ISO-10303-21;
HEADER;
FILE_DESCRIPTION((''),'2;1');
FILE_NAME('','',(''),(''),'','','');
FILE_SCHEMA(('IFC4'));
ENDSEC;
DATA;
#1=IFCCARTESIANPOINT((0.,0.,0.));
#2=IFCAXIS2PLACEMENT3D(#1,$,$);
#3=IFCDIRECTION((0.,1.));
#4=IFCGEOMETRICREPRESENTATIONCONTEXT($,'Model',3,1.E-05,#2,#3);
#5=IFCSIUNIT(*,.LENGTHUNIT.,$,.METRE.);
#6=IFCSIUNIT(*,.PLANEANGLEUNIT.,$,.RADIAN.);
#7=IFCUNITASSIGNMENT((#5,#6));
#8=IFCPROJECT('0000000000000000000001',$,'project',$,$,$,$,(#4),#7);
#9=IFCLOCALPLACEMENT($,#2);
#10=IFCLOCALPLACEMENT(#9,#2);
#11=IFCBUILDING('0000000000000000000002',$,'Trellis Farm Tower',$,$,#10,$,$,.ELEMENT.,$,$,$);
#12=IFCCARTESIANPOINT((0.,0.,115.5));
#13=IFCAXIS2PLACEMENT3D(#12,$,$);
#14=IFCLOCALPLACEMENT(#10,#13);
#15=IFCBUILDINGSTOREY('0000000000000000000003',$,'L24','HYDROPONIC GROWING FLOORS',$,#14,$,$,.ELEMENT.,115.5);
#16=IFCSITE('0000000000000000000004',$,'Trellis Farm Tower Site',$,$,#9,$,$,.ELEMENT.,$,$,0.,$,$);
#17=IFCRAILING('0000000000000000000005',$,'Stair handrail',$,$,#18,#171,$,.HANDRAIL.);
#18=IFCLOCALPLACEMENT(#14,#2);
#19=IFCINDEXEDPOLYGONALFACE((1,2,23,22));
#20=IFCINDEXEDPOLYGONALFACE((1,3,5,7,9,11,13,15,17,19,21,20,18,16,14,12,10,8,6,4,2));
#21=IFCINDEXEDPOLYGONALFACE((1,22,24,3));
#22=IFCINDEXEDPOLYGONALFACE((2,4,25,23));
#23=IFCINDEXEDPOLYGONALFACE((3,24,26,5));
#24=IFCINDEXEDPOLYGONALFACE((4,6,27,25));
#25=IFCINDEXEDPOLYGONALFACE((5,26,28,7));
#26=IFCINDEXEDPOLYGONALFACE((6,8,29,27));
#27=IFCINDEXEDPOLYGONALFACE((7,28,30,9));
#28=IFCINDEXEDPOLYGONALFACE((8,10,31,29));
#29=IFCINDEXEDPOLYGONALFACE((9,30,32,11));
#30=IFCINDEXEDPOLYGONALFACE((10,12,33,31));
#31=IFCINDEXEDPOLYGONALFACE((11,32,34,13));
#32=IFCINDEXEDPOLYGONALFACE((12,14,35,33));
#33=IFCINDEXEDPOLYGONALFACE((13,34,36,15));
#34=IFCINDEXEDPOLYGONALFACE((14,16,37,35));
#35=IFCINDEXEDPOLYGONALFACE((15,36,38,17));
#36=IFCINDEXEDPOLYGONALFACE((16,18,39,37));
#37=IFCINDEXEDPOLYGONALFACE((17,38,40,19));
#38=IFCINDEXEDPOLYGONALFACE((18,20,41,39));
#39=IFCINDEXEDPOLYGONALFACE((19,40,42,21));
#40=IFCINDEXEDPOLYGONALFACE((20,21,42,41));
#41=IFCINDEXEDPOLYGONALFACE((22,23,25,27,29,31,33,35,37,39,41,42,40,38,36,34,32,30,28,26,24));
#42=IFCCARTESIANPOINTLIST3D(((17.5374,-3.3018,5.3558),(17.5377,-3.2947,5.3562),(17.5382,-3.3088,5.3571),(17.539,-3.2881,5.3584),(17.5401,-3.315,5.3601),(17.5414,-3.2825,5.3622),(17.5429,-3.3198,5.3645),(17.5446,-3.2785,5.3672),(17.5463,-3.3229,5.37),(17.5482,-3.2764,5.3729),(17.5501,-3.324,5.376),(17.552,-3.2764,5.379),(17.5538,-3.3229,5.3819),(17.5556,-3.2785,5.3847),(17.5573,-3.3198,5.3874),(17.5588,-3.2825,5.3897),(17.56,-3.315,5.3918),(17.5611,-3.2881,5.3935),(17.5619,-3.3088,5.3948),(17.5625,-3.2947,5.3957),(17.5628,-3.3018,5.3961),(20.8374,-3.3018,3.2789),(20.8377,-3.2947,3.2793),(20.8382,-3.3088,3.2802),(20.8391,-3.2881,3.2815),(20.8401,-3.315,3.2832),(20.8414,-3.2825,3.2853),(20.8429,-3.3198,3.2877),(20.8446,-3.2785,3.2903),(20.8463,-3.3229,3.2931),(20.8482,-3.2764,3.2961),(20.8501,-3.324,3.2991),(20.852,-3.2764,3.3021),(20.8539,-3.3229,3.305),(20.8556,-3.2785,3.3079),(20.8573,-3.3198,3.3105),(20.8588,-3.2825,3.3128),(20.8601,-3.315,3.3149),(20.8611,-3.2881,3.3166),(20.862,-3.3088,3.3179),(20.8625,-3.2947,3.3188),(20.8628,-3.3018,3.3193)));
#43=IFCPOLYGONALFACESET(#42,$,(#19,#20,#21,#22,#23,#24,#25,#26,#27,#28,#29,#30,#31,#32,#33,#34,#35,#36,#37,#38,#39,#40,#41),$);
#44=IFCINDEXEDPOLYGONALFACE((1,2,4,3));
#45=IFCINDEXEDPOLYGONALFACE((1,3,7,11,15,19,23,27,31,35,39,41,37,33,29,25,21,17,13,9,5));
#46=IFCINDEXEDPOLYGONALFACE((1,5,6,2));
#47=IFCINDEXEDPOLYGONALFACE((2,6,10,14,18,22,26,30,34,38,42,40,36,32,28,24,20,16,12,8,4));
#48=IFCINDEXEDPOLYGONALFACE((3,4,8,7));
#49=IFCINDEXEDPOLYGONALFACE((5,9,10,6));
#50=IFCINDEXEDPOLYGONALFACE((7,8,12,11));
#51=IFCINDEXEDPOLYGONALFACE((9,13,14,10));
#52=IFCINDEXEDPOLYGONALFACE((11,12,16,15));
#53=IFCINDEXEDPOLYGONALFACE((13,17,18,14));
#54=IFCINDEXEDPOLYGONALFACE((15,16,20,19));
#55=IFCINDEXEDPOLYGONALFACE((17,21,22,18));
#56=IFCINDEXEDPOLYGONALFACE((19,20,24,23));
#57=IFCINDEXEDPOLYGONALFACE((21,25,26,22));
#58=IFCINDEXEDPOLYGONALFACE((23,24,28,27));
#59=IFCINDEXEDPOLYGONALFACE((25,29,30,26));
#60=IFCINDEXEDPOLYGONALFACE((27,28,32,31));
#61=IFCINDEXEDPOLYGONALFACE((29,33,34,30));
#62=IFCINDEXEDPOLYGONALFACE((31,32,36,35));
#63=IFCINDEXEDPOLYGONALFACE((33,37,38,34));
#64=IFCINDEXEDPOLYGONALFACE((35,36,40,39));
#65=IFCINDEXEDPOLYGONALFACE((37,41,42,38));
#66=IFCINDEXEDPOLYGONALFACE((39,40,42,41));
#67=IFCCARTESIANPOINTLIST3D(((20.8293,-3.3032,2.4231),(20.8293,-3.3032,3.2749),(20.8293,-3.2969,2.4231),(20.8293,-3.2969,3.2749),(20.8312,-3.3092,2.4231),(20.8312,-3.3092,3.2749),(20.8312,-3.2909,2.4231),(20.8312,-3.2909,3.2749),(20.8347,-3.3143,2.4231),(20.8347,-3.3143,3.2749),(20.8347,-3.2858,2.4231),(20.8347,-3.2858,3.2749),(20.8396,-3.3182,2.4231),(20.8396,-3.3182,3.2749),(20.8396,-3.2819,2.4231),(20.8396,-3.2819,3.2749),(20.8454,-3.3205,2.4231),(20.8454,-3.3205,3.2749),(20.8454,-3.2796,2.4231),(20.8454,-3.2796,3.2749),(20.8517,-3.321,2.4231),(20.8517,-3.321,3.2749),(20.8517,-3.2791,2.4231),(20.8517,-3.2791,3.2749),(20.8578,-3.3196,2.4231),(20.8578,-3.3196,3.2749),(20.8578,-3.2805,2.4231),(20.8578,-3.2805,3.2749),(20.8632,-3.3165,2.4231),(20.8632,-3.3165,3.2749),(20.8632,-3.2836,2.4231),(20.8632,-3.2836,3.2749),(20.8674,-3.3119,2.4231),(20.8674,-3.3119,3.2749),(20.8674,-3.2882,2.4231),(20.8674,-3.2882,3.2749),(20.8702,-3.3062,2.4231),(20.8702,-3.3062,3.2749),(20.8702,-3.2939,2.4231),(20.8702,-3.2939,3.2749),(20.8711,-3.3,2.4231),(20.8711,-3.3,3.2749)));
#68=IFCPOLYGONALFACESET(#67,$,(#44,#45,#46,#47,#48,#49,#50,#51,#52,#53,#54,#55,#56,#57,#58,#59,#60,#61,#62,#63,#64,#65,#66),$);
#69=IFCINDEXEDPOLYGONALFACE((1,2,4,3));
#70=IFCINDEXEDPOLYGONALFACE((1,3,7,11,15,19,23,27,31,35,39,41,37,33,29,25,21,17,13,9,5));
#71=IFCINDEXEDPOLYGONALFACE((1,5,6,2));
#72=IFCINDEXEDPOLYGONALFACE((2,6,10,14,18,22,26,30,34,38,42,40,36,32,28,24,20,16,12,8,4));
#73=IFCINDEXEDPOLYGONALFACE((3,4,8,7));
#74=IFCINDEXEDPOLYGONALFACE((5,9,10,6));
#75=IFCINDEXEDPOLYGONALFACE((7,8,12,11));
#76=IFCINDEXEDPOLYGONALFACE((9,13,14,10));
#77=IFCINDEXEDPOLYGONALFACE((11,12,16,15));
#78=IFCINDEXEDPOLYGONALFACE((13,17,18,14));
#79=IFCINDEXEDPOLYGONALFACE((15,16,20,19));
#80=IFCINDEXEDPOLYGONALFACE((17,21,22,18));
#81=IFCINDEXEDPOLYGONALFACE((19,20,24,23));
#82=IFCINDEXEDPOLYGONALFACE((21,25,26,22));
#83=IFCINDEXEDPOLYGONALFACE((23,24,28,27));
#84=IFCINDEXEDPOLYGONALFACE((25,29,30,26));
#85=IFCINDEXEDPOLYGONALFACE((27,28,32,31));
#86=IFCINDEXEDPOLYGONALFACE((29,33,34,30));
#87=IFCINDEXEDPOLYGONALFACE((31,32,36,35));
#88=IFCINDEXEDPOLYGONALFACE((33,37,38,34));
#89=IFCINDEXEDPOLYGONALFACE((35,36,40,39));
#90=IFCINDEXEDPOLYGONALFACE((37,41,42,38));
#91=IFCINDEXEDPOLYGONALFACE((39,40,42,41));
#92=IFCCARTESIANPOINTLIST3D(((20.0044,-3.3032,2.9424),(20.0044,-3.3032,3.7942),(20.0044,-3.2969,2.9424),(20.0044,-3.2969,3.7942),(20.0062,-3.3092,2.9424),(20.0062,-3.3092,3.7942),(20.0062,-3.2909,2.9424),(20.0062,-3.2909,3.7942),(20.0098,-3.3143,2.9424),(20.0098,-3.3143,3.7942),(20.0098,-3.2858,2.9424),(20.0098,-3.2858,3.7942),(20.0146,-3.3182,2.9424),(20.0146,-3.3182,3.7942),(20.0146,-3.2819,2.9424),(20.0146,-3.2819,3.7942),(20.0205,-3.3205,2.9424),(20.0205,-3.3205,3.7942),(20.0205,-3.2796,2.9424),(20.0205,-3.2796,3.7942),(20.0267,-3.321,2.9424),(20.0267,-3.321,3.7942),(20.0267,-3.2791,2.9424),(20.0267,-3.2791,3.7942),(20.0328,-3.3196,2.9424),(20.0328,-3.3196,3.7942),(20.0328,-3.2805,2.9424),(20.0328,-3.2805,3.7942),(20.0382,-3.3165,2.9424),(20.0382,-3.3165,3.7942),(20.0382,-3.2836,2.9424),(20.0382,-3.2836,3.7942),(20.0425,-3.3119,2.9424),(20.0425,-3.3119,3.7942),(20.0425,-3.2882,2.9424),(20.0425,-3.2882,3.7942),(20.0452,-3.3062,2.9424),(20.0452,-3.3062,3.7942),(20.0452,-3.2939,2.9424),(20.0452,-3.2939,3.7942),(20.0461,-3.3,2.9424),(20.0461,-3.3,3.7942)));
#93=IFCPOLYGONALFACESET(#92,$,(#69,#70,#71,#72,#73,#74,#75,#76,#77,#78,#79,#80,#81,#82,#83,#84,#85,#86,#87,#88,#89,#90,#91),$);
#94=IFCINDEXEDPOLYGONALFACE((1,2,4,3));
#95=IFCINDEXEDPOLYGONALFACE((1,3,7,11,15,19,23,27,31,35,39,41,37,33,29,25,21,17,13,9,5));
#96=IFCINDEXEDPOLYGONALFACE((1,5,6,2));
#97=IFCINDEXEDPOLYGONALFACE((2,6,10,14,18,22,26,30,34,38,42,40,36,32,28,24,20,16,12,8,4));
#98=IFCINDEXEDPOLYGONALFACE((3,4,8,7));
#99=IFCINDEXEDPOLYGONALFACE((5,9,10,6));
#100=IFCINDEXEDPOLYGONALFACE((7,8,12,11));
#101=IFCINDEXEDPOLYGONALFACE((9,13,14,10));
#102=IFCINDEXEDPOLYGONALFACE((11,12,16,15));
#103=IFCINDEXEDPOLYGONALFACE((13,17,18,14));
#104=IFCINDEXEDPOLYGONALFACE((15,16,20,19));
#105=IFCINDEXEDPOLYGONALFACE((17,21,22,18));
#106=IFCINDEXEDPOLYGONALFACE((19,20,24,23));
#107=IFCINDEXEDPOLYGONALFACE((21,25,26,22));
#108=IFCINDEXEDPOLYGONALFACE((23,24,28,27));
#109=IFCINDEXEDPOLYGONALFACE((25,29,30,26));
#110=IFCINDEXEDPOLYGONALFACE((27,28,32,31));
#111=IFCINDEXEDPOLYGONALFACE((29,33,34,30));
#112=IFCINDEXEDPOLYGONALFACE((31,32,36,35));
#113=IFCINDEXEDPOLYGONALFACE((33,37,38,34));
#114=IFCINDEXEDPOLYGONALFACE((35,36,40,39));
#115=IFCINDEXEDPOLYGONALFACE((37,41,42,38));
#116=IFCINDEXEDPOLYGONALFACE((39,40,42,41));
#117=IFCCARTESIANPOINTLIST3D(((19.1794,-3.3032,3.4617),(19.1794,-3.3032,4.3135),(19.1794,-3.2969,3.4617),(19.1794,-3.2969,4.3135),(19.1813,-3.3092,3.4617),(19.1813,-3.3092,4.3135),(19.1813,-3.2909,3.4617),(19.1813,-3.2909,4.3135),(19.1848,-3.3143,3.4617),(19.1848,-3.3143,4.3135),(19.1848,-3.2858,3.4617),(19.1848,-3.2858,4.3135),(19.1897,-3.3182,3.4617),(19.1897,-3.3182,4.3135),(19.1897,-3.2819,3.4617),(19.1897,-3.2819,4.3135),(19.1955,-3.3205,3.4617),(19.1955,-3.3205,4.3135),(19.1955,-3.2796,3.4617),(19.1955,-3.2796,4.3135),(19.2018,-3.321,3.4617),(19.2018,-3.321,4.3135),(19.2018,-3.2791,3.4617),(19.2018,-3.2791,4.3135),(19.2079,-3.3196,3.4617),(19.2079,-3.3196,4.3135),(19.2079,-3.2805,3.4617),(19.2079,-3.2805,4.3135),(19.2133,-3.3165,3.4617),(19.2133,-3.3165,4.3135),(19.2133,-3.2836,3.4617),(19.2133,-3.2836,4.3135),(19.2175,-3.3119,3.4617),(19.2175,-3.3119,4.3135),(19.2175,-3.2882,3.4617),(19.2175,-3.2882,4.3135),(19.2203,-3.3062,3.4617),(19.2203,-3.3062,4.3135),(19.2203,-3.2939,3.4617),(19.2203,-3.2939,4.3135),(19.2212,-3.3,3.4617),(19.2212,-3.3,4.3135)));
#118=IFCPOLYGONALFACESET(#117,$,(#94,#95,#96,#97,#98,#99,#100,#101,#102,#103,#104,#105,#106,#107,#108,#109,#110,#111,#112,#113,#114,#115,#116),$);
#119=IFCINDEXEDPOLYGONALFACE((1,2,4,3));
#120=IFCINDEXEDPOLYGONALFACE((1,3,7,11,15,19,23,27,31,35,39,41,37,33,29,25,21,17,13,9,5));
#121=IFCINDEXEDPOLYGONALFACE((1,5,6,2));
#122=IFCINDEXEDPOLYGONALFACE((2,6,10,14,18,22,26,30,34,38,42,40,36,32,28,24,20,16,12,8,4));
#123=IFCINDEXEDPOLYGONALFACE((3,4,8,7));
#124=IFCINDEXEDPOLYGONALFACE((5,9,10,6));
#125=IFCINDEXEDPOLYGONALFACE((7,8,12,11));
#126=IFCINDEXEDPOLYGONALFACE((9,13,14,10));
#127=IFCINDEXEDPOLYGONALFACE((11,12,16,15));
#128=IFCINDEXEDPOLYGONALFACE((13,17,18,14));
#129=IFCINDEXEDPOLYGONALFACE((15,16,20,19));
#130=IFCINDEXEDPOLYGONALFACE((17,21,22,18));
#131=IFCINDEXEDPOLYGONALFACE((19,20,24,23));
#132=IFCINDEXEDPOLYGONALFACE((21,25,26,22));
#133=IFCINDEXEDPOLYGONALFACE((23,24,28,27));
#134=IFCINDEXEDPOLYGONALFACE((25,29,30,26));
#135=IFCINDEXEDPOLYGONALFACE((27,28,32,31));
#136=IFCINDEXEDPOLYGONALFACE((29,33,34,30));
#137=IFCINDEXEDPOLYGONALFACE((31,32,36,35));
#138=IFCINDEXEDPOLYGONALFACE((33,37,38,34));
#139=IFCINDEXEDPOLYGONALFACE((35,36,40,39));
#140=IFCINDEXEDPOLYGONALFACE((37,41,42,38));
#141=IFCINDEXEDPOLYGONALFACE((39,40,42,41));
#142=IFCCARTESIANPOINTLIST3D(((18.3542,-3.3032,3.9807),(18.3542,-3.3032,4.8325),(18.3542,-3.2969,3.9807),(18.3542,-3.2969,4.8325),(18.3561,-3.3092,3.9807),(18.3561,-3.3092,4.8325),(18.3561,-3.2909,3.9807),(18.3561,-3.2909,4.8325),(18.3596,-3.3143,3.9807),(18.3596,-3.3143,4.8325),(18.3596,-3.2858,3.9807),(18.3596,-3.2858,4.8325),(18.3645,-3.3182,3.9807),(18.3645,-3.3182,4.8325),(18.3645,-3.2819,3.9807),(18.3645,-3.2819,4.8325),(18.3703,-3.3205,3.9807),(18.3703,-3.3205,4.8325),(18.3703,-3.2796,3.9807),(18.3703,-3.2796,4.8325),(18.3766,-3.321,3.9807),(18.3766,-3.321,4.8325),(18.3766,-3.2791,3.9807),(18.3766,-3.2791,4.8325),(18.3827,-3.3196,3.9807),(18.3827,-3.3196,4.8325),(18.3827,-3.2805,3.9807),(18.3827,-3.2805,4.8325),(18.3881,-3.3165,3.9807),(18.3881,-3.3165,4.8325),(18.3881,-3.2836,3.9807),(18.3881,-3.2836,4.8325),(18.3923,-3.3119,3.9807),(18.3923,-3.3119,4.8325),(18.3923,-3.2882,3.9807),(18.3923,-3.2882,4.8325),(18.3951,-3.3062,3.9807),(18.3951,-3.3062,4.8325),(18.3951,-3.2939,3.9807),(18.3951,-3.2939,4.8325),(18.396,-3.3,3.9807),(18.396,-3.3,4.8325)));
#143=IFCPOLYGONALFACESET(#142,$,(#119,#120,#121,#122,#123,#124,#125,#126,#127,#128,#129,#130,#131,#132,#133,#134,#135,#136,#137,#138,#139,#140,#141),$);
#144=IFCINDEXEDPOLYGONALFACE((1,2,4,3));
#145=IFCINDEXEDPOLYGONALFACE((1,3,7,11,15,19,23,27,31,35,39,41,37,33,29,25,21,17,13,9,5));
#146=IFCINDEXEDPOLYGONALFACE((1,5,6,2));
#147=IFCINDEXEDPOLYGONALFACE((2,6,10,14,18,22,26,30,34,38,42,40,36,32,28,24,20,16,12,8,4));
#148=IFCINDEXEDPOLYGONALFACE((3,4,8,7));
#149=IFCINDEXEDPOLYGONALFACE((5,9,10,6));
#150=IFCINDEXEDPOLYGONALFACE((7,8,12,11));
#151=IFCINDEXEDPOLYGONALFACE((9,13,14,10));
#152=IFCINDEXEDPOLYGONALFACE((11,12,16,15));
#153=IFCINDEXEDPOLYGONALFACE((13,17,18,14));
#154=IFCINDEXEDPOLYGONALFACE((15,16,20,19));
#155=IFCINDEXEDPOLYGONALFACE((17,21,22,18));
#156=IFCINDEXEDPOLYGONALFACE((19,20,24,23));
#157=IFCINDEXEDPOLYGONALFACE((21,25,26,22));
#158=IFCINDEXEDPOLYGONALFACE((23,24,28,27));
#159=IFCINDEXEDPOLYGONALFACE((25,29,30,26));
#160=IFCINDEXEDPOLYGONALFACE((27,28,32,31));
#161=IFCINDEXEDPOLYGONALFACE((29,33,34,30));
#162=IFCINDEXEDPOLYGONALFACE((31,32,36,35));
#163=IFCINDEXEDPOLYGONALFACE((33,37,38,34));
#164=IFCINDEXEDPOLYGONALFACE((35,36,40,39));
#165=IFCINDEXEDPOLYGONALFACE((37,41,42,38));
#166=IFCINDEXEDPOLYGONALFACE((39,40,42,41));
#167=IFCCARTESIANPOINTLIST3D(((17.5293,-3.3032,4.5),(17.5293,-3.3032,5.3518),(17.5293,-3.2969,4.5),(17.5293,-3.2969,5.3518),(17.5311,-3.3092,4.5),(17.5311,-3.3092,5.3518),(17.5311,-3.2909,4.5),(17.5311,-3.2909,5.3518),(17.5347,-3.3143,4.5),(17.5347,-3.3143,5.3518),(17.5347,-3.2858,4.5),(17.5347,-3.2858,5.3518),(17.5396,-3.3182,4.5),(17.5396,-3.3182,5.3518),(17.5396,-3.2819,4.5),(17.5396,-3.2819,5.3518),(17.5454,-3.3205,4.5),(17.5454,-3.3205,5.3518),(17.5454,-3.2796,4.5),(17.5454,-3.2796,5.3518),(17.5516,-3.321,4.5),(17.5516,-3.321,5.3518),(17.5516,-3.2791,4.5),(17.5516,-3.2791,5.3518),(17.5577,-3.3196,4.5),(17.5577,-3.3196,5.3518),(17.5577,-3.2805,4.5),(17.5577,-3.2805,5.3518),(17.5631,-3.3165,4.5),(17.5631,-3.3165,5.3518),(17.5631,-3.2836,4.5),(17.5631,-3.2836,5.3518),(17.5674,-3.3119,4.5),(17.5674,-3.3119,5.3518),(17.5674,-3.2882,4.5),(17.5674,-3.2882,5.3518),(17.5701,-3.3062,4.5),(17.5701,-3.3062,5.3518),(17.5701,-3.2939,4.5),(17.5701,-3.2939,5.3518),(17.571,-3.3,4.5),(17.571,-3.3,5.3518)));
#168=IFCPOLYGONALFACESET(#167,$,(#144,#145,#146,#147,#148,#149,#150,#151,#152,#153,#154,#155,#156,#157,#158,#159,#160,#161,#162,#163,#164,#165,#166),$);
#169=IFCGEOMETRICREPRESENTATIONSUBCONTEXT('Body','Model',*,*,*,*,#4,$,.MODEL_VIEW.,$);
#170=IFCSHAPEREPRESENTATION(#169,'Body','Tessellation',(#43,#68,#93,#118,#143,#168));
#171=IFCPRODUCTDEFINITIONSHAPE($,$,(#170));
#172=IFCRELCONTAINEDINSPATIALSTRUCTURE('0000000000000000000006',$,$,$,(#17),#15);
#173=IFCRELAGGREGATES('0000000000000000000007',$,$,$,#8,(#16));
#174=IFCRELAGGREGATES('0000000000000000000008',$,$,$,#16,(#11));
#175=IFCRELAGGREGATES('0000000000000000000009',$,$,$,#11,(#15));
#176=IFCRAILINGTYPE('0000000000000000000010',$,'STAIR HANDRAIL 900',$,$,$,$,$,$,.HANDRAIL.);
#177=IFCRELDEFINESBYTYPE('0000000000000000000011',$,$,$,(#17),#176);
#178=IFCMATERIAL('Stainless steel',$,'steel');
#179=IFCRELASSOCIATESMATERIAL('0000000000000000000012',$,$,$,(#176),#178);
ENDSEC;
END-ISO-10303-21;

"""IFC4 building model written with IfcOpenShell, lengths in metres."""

from ifc_helpers import new_model, si_unit, direction, frame, origin, origin_2d, place, context, subcontext, project, spatial, circle, extrude, source, transform, mapped, material, type_object, element, save


model = new_model("IFC4")

# Units and contexts
model_context = context("Model", 3, precision=1e-05, world=origin(), true_north=direction((0.0, 1.0)))
body_context = subcontext(model_context, "Body", "Model", "MODEL_VIEW")
ifc_project = project(units=[si_unit("LENGTHUNIT", "METRE"), si_unit("PLANEANGLEUNIT", "RADIAN")], contexts=[model_context])

# Site, building, storey
site_placement = place(None, origin())
site = spatial("IfcSite", under=ifc_project, at=site_placement, Name="Trellis Farm Tower Site", CompositionType="ELEMENT", RefElevation=0.0)
building_placement = place(site_placement, origin())
building = spatial("IfcBuilding", under=site, at=building_placement, Name="Trellis Farm Tower", CompositionType="ELEMENT")
storey_placement = place(building_placement, frame((0.0, 0.0, 115.5)))
storey = spatial("IfcBuildingStorey", under=building, at=storey_placement, Name="L24", Description="HYDROPONIC GROWING FLOORS", CompositionType="ELEMENT", Elevation=115.5)

# Shared definitions
ifc_material_1 = material(Name="Stainless steel", Category="steel")

# Railing
railing_type = type_object("IfcRailingType", Name="STAIR HANDRAIL 900", PredefinedType="HANDRAIL", material=ifc_material_1)
shared_shape_1 = source(origin(), body_context, "Body", "SweptSolid", [
    extrude(circle(Radius=0.0239, at=origin_2d()), frame((0.0, 0.0, 0.876), z_axis=(-0.846337, 0.0, 0.532647), x_axis=(0.0, -1.0, 0.0)), (0.0, 0.0, 1.0), 3.8992),
    extrude(circle(Radius=0.021, at=origin_2d()), origin(), (0.0, 0.0, 1.0), 0.8518),
    extrude(circle(Radius=0.021, at=origin_2d()), frame((-0.825, 0.0, 0.5193)), (0.0, 0.0, 1.0), 0.8518),
    extrude(circle(Radius=0.021, at=origin_2d()), frame((-1.6499, 0.0, 1.0386)), (0.0, 0.0, 1.0), 0.8518),
    extrude(circle(Radius=0.021, at=origin_2d()), frame((-2.4751, 0.0, 1.5576)), (0.0, 0.0, 1.0), 0.8518),
    extrude(circle(Radius=0.021, at=origin_2d()), frame((-3.3, 0.0, 2.0769)), (0.0, 0.0, 1.0), 0.8518),
])
for number, where, name in (
    (1, (20.8501, -3.3, 2.4231), "Stair handrail"),
):
    element("IfcRailing", number, at=place(storey_placement, frame(where)), inside=storey, type_object=railing_type, Name=name, PredefinedType="HANDRAIL", context=body_context, shape_type="MappedRepresentation", body=[
        mapped(shared_shape_1, transform((0.0, 0.0, 0.0))),
    ])

save(model, "model.ifc")
